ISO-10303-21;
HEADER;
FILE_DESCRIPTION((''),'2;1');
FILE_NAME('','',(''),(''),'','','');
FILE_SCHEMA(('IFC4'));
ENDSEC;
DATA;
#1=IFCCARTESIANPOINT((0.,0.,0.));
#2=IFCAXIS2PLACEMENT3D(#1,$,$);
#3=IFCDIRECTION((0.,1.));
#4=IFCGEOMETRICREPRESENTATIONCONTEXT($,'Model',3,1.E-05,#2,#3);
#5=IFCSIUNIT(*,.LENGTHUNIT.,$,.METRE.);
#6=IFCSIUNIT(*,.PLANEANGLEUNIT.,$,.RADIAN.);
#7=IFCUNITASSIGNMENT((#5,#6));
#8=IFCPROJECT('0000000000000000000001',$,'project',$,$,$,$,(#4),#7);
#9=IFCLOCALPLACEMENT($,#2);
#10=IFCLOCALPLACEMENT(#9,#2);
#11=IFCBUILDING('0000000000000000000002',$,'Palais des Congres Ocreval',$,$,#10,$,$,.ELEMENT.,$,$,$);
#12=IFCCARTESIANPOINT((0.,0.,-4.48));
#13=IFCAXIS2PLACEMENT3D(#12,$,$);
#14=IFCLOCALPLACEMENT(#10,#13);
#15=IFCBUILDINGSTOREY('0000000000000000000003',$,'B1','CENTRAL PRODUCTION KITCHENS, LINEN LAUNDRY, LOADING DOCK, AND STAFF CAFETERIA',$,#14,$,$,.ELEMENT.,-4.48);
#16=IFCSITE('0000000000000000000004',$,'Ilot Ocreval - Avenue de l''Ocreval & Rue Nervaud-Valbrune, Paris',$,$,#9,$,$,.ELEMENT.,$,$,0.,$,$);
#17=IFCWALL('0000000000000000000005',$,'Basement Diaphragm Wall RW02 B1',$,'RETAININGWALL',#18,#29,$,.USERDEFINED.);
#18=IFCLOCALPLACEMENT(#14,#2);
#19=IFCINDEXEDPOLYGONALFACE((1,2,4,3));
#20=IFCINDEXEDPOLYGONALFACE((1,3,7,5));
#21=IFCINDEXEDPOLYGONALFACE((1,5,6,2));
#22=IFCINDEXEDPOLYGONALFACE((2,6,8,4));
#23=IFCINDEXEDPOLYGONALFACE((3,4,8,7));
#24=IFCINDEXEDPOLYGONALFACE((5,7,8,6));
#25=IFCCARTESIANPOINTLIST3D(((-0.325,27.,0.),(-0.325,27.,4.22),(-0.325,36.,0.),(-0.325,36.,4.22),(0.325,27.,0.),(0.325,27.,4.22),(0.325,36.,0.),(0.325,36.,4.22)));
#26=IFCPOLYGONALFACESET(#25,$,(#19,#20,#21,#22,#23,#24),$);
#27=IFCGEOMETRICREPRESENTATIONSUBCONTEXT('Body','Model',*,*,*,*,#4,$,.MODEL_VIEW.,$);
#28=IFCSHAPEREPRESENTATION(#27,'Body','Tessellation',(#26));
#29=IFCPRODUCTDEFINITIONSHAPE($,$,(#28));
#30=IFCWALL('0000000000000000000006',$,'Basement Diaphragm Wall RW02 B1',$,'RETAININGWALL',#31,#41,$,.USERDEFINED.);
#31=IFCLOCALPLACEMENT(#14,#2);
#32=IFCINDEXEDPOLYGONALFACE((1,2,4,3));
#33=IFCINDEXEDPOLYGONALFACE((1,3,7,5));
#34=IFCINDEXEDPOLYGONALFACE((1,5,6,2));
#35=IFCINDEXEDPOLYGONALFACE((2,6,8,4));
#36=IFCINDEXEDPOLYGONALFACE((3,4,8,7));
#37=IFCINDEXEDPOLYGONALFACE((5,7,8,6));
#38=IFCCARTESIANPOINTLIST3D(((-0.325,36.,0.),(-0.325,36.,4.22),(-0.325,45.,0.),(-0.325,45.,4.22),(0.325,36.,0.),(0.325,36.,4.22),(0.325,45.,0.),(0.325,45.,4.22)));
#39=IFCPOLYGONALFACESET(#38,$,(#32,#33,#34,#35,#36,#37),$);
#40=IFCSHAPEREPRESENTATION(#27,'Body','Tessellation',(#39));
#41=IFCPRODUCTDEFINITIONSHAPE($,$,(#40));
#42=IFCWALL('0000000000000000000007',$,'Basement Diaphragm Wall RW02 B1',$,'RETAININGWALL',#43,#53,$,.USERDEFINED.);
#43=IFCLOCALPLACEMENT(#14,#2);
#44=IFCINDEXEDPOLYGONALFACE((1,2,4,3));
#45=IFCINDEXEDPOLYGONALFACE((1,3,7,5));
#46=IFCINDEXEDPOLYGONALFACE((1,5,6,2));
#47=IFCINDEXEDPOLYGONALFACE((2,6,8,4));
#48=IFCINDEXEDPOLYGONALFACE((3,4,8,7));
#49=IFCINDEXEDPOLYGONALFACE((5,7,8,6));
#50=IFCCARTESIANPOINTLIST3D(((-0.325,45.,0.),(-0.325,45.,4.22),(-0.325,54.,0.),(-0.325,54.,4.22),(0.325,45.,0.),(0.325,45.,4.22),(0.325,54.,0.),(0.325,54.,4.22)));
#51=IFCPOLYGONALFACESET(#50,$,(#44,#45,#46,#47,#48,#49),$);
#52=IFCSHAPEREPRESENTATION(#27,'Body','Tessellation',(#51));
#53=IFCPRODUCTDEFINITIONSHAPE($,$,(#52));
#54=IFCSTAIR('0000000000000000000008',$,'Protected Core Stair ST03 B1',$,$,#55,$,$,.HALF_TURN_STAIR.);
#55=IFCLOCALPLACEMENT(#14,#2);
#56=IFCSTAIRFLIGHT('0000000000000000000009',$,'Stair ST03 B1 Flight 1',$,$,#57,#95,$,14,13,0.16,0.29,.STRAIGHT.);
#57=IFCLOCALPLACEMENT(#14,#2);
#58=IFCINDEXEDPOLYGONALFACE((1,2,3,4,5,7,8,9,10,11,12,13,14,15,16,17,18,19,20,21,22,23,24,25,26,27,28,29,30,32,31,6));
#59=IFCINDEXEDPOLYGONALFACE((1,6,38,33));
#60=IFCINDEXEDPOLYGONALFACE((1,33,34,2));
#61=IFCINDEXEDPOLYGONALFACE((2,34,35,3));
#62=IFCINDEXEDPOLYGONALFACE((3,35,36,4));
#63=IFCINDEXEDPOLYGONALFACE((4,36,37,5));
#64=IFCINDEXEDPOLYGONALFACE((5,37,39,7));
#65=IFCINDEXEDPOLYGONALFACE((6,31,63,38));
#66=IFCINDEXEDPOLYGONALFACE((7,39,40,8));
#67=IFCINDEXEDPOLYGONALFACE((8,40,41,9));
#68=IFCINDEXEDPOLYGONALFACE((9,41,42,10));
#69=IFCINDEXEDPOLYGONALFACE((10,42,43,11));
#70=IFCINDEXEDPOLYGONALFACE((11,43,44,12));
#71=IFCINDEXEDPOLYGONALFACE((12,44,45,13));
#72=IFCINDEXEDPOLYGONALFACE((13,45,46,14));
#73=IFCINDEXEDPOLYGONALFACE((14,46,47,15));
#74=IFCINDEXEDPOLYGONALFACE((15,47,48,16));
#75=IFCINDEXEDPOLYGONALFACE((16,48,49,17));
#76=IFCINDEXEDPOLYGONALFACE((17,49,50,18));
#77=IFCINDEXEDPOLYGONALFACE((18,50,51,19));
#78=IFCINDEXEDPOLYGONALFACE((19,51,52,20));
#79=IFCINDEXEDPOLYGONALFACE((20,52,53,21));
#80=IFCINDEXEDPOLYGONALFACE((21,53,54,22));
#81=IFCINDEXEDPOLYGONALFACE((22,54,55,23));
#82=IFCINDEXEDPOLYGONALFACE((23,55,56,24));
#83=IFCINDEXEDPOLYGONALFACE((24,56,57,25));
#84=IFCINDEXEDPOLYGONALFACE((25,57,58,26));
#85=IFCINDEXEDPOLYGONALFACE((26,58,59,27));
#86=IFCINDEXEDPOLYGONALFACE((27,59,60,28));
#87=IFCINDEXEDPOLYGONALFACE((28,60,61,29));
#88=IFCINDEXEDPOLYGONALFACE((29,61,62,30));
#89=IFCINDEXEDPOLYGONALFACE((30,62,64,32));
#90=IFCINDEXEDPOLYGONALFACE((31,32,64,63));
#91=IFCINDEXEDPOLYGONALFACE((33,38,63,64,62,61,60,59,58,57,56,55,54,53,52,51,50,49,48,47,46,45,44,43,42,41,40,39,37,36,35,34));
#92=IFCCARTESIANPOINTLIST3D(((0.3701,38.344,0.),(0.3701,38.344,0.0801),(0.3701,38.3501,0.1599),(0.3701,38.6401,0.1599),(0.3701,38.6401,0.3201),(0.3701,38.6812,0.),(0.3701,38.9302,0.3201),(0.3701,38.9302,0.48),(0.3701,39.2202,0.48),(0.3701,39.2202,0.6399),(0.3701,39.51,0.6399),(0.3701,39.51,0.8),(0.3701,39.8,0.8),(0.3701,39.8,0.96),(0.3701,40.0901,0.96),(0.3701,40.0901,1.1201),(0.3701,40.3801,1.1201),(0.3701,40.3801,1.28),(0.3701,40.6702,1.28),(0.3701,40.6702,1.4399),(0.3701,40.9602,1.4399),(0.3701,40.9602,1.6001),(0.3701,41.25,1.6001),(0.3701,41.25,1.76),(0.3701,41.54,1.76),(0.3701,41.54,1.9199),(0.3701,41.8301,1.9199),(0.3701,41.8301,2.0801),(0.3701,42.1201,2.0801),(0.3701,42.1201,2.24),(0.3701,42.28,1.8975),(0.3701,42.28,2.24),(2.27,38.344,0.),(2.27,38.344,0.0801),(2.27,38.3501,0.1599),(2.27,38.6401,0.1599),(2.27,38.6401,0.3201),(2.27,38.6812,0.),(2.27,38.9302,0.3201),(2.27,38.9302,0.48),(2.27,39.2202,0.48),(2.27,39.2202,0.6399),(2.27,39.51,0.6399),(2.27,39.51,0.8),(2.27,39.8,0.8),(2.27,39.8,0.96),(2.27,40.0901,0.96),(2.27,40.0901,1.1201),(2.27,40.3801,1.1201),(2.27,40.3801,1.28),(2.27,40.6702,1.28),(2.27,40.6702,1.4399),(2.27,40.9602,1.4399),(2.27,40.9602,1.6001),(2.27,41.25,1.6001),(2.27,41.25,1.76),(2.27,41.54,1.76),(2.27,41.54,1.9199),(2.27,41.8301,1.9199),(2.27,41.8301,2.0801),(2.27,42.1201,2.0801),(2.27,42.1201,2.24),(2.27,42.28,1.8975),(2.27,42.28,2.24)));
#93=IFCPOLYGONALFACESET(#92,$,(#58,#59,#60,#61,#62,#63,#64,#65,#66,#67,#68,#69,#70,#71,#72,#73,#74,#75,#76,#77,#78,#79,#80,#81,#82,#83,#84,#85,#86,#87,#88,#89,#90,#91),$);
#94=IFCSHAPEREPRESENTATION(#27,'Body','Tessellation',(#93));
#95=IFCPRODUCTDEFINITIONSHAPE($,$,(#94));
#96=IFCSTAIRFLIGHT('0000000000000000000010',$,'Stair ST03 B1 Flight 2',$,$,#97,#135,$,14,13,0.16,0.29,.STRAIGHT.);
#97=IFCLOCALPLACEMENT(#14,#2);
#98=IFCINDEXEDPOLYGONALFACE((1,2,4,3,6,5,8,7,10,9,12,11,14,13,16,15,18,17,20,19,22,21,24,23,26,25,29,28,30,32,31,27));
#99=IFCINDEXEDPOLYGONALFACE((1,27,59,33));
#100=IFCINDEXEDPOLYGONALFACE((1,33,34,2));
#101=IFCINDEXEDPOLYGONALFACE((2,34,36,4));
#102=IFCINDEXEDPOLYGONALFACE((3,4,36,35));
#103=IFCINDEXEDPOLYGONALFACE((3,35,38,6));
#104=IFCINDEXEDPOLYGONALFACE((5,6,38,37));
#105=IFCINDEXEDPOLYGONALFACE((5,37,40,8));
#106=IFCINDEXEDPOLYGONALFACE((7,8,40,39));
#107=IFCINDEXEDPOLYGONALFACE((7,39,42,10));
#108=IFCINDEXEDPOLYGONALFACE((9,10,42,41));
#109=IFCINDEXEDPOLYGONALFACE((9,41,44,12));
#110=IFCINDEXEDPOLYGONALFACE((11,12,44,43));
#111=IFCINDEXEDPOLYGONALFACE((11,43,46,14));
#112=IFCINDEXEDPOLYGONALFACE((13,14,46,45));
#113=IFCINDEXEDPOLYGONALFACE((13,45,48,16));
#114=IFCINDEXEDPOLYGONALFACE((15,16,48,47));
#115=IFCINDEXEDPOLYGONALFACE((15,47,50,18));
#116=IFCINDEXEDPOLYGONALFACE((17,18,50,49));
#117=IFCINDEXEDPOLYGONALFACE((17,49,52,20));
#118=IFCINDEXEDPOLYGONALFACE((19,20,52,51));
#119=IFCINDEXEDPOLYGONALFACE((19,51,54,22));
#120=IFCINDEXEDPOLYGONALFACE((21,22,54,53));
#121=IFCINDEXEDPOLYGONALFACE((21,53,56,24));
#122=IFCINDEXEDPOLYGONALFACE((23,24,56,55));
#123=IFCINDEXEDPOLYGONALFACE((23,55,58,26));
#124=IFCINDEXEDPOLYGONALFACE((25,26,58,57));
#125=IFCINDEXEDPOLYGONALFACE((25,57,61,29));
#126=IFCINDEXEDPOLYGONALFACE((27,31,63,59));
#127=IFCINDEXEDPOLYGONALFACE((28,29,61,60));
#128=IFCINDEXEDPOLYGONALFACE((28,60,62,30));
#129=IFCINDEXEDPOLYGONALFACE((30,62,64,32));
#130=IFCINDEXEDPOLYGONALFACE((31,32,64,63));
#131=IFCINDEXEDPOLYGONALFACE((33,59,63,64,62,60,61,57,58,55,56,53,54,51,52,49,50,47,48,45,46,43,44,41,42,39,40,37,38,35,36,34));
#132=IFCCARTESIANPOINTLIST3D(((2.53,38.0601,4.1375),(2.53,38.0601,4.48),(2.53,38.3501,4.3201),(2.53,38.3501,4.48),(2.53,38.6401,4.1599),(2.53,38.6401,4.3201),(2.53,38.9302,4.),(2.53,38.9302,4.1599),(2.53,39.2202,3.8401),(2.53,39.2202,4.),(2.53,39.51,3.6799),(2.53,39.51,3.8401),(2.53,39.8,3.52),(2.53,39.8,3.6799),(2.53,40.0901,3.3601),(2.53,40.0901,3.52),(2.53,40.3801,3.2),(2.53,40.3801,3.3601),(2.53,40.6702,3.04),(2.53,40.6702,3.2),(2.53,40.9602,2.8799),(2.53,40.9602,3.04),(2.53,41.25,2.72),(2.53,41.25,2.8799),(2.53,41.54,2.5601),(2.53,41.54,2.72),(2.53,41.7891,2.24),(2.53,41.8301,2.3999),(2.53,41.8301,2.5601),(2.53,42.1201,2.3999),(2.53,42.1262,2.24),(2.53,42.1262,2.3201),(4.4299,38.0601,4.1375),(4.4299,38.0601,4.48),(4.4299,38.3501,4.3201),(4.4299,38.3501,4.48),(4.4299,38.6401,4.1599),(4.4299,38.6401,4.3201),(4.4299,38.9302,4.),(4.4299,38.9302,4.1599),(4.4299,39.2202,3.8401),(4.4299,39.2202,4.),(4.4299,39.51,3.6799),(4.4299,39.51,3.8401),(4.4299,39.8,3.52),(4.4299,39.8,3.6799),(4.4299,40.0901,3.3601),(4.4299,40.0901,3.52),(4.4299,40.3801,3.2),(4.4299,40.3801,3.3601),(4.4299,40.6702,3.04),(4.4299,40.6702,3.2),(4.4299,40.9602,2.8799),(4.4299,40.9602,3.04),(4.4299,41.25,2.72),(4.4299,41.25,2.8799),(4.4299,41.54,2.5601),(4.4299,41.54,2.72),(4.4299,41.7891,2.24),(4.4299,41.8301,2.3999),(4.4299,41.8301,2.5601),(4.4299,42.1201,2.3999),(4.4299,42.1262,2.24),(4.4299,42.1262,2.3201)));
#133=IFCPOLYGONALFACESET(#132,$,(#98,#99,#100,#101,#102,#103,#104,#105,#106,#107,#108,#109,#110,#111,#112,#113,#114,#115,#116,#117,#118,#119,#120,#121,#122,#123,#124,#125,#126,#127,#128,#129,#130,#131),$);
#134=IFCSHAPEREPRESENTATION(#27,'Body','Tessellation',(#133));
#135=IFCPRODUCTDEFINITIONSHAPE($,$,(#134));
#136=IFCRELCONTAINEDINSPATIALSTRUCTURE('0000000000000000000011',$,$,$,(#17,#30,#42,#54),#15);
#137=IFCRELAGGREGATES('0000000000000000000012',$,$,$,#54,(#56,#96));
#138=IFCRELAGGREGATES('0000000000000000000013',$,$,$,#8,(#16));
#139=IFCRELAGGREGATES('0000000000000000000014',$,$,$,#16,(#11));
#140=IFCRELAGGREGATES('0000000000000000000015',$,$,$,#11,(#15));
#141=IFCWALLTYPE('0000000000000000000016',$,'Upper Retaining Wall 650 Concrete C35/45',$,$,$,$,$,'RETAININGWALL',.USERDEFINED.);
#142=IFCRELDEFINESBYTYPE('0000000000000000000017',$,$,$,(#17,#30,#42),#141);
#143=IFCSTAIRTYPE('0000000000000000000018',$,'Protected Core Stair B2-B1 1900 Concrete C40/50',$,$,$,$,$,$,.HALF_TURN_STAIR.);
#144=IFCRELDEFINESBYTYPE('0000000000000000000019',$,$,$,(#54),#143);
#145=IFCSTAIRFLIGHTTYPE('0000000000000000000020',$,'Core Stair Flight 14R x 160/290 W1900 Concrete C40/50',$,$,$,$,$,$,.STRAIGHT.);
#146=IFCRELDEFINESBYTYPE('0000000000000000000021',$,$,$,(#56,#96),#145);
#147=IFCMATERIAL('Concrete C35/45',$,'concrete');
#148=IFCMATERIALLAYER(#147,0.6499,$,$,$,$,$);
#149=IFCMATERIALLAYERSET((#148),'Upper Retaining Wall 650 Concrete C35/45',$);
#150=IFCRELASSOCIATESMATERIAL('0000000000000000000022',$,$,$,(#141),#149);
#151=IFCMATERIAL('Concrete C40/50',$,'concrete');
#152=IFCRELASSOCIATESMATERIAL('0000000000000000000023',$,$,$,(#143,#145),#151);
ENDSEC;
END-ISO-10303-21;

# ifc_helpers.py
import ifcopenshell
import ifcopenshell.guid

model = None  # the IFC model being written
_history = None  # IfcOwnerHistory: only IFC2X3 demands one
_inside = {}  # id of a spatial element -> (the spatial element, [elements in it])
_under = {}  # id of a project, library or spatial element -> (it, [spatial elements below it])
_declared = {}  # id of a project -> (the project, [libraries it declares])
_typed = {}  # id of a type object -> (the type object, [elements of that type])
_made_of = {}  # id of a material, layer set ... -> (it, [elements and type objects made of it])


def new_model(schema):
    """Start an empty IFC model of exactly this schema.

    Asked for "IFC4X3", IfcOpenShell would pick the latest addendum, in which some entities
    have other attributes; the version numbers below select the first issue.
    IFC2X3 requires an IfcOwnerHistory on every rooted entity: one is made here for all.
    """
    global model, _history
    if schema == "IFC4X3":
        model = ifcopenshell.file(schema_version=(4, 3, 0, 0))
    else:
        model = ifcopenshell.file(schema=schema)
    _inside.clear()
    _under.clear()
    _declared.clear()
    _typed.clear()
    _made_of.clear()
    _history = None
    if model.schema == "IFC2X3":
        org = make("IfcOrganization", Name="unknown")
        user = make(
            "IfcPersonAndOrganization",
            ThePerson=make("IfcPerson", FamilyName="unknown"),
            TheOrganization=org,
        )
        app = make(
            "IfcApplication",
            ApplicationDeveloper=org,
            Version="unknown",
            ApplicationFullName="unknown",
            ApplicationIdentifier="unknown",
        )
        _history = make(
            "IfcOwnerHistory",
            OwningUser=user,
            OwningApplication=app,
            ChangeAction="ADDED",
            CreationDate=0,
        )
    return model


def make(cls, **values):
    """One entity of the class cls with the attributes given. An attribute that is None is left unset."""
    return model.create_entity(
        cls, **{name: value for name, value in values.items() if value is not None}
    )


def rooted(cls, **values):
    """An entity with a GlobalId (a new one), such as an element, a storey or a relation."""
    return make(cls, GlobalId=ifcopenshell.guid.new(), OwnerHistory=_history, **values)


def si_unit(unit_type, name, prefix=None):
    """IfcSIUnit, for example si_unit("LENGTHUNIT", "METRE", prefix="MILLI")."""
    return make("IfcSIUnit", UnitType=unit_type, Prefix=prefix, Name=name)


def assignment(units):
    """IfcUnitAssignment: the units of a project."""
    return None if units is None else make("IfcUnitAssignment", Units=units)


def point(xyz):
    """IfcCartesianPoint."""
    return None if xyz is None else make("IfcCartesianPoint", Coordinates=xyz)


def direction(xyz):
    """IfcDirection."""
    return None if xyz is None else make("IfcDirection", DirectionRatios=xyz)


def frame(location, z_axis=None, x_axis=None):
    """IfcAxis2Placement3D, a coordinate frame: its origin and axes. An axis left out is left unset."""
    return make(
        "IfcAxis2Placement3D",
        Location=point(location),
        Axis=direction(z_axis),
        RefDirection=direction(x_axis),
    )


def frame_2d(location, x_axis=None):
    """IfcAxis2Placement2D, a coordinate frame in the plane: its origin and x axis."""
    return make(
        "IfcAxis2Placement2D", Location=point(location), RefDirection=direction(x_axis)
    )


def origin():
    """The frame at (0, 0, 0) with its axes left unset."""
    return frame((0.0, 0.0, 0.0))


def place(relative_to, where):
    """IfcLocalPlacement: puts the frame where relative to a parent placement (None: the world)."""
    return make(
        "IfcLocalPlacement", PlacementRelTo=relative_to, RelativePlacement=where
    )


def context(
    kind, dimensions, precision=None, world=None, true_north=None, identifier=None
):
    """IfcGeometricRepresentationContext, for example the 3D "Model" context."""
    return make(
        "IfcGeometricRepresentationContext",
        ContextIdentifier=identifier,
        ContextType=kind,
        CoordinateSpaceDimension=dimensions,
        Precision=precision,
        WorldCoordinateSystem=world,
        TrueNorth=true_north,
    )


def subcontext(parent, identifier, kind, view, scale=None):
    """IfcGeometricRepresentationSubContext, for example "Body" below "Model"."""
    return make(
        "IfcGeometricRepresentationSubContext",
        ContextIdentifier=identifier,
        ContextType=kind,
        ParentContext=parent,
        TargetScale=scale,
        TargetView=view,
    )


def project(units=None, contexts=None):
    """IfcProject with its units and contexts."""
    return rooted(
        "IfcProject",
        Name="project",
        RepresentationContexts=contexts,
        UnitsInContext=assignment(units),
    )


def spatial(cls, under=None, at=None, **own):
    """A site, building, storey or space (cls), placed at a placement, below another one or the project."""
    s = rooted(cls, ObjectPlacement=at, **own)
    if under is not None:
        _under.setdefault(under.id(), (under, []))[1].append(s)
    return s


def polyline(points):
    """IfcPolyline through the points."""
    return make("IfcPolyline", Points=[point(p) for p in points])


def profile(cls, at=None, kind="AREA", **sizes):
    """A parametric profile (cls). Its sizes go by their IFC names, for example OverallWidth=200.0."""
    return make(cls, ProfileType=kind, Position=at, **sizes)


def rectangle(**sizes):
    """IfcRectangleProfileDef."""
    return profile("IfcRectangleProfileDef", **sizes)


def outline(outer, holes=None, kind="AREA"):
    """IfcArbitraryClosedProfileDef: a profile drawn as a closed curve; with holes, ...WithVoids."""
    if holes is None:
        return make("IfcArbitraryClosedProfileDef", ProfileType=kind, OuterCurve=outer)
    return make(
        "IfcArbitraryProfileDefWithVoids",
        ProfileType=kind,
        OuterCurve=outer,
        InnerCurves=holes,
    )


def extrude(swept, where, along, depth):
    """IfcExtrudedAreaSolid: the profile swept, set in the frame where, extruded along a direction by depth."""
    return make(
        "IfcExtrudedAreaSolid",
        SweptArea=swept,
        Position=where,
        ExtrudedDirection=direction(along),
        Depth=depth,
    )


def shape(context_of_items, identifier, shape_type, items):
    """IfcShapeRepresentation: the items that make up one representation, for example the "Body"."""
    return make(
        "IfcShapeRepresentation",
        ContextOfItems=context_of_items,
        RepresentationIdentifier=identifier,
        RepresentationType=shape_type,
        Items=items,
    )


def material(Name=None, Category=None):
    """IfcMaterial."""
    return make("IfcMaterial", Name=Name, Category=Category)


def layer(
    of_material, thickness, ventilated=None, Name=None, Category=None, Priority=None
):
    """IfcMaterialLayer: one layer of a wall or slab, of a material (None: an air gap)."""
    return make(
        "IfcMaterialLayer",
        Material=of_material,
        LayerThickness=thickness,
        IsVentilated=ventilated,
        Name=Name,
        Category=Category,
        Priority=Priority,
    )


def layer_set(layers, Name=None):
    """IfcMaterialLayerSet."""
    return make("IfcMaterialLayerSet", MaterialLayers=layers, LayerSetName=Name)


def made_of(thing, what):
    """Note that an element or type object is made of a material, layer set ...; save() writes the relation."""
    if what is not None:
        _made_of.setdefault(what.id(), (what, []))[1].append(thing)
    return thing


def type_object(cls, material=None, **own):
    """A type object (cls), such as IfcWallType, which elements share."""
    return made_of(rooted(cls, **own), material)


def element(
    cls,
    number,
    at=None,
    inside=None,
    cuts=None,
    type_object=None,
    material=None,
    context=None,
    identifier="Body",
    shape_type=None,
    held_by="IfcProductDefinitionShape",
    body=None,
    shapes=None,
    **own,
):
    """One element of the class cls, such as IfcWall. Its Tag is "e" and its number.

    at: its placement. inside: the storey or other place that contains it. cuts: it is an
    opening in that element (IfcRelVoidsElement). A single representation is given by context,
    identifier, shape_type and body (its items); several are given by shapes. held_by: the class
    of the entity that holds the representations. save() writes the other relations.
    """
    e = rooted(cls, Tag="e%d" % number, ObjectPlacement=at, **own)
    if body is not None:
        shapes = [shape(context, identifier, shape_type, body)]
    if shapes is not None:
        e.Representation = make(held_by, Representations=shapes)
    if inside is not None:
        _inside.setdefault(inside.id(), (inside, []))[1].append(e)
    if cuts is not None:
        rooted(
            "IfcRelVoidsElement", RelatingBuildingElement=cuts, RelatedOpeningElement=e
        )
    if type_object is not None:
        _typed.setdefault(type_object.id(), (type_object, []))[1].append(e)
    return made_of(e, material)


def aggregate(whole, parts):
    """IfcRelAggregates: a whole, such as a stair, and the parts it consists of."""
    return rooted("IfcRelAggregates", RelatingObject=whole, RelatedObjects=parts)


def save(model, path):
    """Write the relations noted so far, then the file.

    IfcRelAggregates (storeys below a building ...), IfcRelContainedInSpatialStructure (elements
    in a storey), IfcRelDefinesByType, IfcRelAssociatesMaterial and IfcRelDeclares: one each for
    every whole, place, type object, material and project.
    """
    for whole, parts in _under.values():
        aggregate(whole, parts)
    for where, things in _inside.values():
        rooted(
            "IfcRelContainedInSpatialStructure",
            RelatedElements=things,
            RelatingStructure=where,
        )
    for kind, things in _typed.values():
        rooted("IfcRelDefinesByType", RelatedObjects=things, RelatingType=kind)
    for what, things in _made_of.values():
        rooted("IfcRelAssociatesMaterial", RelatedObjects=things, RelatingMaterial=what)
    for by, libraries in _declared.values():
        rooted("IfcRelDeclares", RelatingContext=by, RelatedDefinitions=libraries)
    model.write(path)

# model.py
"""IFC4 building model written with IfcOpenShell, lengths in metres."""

from ifc_helpers import new_model, si_unit, direction, frame, frame_2d, origin, place, context, subcontext, project, spatial, polyline, rectangle, outline, extrude, material, layer, layer_set, type_object, element, aggregate, save


model = new_model("IFC4")

# Units and contexts
model_context = context("Model", 3, precision=1e-05, world=origin(), true_north=direction((0.0, 1.0)))
body_context = subcontext(model_context, "Body", "Model", "MODEL_VIEW")
ifc_project = project(units=[si_unit("LENGTHUNIT", "METRE"), si_unit("PLANEANGLEUNIT", "RADIAN")], contexts=[model_context])

# Site, building, storey
site_placement = place(None, origin())
site = spatial("IfcSite", under=ifc_project, at=site_placement, Name="Ilot Ocreval - Avenue de l'Ocreval & Rue Nervaud-Valbrune, Paris", CompositionType="ELEMENT", RefElevation=0.0)
building_placement = place(site_placement, origin())
building = spatial("IfcBuilding", under=site, at=building_placement, Name="Palais des Congres Ocreval", CompositionType="ELEMENT")
storey_placement = place(building_placement, frame((0.0, 0.0, -4.48)))
storey = spatial("IfcBuildingStorey", under=building, at=storey_placement, Name="B1", Description="CENTRAL PRODUCTION KITCHENS, LINEN LAUNDRY, LOADING DOCK, AND STAFF CAFETERIA", CompositionType="ELEMENT", Elevation=-4.48)

# Shared definitions
ifc_material_1 = material(Name="Concrete C40/50", Category="concrete")

# Shared definitions
ifc_material_2 = material(Name="Concrete C35/45", Category="concrete")

# Walls
ifc_layer_1 = layer(ifc_material_2, 0.6499)
ifc_layer_set_1 = layer_set([ifc_layer_1], Name="Upper Retaining Wall 650 Concrete C35/45")
wall_type_1 = type_object("IfcWallType", Name="Upper Retaining Wall 650 Concrete C35/45", ElementType="RETAININGWALL", PredefinedType="USERDEFINED", material=ifc_layer_set_1)
for number, where, z_axis, x_axis, name in (
    (1, (0.0, 27.0, 0.0), (0.0, 0.0, 1.0), (0.0, 1.0, 0.0), "Basement Diaphragm Wall RW02 B1"),
    (2, (0.0, 36.0, 0.0), (0.0, 0.0, 1.0), (0.0, 1.0, 0.0), "Basement Diaphragm Wall RW02 B1"),
    (3, (0.0, 45.0, 0.0), (0.0, 0.0, 1.0), (0.0, 1.0, 0.0), "Basement Diaphragm Wall RW02 B1"),
):
    element("IfcWall", number, at=place(storey_placement, frame(where, z_axis=z_axis, x_axis=x_axis)), inside=storey, type_object=wall_type_1, Name=name, ObjectType="RETAININGWALL", PredefinedType="USERDEFINED", context=body_context, shape_type="SweptSolid", body=[
        extrude(rectangle(XDim=9.0, YDim=0.6499, at=frame_2d((4.5, 0.0))), origin(), (0.0, 0.0, 1.0), 4.22),
    ])

# Stair, stair flights
stair_type = type_object("IfcStairType", Name="Protected Core Stair B2-B1 1900 Concrete C40/50", PredefinedType="HALF_TURN_STAIR", material=ifc_material_1)
stair_placement = place(storey_placement, origin())
stair = element("IfcStair", 4, at=stair_placement, inside=storey, type_object=stair_type, Name="Protected Core Stair ST03 B1", PredefinedType="HALF_TURN_STAIR")
stair_flight_type = type_object("IfcStairFlightType", Name="Core Stair Flight 14R x 160/290 W1900 Concrete C40/50", PredefinedType="STRAIGHT", material=ifc_material_1)
stair_flight_1_placement = place(storey_placement, frame((1.3201, 38.3501, 0.0), z_axis=(0.0, 0.0, 1.0), x_axis=(0.0, 1.0, 0.0)))
stair_flight_1 = element("IfcStairFlight", 5, at=stair_flight_1_placement, type_object=stair_flight_type, Name="Stair ST03 B1 Flight 1", NumberOfRisers=14, NumberOfTreads=13, PredefinedType="STRAIGHT", RiserHeight=0.16, TreadLength=0.29, context=body_context, shape_type="SweptSolid", body=[
    extrude(outline(polyline([(-0.0061, 0.0), (-0.0061, 0.0801), (0.0, 0.1599), (0.29, 0.1599), (0.29, 0.3201), (0.5801, 0.3201), (0.5801, 0.48), (0.8701, 0.48), (0.8701, 0.6399), (1.1599, 0.6399), (1.1599, 0.8), (1.45, 0.8), (1.45, 0.96), (1.74, 0.96), (1.74, 1.1201), (2.03, 1.1201), (2.03, 1.28), (2.3201, 1.28), (2.3201, 1.4399), (2.6101, 1.4399), (2.6101, 1.6001), (2.8999, 1.6001), (2.8999, 1.76), (3.1899, 1.76), (3.1899, 1.9199), (3.48, 1.9199), (3.48, 2.0801), (3.77, 2.0801), (3.77, 2.24), (3.9299, 2.24), (3.9299, 1.8975), (0.3311, 0.0), (-0.0061, 0.0)])), frame((0.0, 0.95, 0.0), z_axis=(0.0, -1.0, 0.0), x_axis=(1.0, 0.0, 0.0)), (0.0, 0.0, 1.0), 1.8999),
])
stair_flight_2_placement = place(storey_placement, frame((3.48, 42.1201, 2.24), z_axis=(0.0, 0.0, 1.0), x_axis=(0.0, -1.0, 0.0)))
stair_flight_2 = element("IfcStairFlight", 6, at=stair_flight_2_placement, type_object=stair_flight_type, Name="Stair ST03 B1 Flight 2", NumberOfRisers=14, NumberOfTreads=13, PredefinedType="STRAIGHT", RiserHeight=0.16, TreadLength=0.29, context=body_context, shape_type="SweptSolid", body=[
    extrude(outline(polyline([(-0.0061, 0.0), (-0.0061, 0.0801), (0.0, 0.1599), (0.29, 0.1599), (0.29, 0.3201), (0.5801, 0.3201), (0.5801, 0.48), (0.8701, 0.48), (0.8701, 0.6399), (1.1599, 0.6399), (1.1599, 0.8), (1.45, 0.8), (1.45, 0.96), (1.74, 0.96), (1.74, 1.1201), (2.03, 1.1201), (2.03, 1.28), (2.3201, 1.28), (2.3201, 1.4399), (2.6101, 1.4399), (2.6101, 1.6001), (2.8999, 1.6001), (2.8999, 1.76), (3.1899, 1.76), (3.1899, 1.9199), (3.48, 1.9199), (3.48, 2.0801), (3.77, 2.0801), (3.77, 2.24), (4.0601, 2.24), (4.0601, 1.8975), (0.3311, 0.0), (-0.0061, 0.0)])), frame((0.0, 0.95, 0.0), z_axis=(0.0, -1.0, 0.0), x_axis=(1.0, 0.0, 0.0)), (0.0, 0.0, 1.0), 1.8999),
])
aggregate(stair, [stair_flight_1, stair_flight_2])

save(model, "model.ifc")
